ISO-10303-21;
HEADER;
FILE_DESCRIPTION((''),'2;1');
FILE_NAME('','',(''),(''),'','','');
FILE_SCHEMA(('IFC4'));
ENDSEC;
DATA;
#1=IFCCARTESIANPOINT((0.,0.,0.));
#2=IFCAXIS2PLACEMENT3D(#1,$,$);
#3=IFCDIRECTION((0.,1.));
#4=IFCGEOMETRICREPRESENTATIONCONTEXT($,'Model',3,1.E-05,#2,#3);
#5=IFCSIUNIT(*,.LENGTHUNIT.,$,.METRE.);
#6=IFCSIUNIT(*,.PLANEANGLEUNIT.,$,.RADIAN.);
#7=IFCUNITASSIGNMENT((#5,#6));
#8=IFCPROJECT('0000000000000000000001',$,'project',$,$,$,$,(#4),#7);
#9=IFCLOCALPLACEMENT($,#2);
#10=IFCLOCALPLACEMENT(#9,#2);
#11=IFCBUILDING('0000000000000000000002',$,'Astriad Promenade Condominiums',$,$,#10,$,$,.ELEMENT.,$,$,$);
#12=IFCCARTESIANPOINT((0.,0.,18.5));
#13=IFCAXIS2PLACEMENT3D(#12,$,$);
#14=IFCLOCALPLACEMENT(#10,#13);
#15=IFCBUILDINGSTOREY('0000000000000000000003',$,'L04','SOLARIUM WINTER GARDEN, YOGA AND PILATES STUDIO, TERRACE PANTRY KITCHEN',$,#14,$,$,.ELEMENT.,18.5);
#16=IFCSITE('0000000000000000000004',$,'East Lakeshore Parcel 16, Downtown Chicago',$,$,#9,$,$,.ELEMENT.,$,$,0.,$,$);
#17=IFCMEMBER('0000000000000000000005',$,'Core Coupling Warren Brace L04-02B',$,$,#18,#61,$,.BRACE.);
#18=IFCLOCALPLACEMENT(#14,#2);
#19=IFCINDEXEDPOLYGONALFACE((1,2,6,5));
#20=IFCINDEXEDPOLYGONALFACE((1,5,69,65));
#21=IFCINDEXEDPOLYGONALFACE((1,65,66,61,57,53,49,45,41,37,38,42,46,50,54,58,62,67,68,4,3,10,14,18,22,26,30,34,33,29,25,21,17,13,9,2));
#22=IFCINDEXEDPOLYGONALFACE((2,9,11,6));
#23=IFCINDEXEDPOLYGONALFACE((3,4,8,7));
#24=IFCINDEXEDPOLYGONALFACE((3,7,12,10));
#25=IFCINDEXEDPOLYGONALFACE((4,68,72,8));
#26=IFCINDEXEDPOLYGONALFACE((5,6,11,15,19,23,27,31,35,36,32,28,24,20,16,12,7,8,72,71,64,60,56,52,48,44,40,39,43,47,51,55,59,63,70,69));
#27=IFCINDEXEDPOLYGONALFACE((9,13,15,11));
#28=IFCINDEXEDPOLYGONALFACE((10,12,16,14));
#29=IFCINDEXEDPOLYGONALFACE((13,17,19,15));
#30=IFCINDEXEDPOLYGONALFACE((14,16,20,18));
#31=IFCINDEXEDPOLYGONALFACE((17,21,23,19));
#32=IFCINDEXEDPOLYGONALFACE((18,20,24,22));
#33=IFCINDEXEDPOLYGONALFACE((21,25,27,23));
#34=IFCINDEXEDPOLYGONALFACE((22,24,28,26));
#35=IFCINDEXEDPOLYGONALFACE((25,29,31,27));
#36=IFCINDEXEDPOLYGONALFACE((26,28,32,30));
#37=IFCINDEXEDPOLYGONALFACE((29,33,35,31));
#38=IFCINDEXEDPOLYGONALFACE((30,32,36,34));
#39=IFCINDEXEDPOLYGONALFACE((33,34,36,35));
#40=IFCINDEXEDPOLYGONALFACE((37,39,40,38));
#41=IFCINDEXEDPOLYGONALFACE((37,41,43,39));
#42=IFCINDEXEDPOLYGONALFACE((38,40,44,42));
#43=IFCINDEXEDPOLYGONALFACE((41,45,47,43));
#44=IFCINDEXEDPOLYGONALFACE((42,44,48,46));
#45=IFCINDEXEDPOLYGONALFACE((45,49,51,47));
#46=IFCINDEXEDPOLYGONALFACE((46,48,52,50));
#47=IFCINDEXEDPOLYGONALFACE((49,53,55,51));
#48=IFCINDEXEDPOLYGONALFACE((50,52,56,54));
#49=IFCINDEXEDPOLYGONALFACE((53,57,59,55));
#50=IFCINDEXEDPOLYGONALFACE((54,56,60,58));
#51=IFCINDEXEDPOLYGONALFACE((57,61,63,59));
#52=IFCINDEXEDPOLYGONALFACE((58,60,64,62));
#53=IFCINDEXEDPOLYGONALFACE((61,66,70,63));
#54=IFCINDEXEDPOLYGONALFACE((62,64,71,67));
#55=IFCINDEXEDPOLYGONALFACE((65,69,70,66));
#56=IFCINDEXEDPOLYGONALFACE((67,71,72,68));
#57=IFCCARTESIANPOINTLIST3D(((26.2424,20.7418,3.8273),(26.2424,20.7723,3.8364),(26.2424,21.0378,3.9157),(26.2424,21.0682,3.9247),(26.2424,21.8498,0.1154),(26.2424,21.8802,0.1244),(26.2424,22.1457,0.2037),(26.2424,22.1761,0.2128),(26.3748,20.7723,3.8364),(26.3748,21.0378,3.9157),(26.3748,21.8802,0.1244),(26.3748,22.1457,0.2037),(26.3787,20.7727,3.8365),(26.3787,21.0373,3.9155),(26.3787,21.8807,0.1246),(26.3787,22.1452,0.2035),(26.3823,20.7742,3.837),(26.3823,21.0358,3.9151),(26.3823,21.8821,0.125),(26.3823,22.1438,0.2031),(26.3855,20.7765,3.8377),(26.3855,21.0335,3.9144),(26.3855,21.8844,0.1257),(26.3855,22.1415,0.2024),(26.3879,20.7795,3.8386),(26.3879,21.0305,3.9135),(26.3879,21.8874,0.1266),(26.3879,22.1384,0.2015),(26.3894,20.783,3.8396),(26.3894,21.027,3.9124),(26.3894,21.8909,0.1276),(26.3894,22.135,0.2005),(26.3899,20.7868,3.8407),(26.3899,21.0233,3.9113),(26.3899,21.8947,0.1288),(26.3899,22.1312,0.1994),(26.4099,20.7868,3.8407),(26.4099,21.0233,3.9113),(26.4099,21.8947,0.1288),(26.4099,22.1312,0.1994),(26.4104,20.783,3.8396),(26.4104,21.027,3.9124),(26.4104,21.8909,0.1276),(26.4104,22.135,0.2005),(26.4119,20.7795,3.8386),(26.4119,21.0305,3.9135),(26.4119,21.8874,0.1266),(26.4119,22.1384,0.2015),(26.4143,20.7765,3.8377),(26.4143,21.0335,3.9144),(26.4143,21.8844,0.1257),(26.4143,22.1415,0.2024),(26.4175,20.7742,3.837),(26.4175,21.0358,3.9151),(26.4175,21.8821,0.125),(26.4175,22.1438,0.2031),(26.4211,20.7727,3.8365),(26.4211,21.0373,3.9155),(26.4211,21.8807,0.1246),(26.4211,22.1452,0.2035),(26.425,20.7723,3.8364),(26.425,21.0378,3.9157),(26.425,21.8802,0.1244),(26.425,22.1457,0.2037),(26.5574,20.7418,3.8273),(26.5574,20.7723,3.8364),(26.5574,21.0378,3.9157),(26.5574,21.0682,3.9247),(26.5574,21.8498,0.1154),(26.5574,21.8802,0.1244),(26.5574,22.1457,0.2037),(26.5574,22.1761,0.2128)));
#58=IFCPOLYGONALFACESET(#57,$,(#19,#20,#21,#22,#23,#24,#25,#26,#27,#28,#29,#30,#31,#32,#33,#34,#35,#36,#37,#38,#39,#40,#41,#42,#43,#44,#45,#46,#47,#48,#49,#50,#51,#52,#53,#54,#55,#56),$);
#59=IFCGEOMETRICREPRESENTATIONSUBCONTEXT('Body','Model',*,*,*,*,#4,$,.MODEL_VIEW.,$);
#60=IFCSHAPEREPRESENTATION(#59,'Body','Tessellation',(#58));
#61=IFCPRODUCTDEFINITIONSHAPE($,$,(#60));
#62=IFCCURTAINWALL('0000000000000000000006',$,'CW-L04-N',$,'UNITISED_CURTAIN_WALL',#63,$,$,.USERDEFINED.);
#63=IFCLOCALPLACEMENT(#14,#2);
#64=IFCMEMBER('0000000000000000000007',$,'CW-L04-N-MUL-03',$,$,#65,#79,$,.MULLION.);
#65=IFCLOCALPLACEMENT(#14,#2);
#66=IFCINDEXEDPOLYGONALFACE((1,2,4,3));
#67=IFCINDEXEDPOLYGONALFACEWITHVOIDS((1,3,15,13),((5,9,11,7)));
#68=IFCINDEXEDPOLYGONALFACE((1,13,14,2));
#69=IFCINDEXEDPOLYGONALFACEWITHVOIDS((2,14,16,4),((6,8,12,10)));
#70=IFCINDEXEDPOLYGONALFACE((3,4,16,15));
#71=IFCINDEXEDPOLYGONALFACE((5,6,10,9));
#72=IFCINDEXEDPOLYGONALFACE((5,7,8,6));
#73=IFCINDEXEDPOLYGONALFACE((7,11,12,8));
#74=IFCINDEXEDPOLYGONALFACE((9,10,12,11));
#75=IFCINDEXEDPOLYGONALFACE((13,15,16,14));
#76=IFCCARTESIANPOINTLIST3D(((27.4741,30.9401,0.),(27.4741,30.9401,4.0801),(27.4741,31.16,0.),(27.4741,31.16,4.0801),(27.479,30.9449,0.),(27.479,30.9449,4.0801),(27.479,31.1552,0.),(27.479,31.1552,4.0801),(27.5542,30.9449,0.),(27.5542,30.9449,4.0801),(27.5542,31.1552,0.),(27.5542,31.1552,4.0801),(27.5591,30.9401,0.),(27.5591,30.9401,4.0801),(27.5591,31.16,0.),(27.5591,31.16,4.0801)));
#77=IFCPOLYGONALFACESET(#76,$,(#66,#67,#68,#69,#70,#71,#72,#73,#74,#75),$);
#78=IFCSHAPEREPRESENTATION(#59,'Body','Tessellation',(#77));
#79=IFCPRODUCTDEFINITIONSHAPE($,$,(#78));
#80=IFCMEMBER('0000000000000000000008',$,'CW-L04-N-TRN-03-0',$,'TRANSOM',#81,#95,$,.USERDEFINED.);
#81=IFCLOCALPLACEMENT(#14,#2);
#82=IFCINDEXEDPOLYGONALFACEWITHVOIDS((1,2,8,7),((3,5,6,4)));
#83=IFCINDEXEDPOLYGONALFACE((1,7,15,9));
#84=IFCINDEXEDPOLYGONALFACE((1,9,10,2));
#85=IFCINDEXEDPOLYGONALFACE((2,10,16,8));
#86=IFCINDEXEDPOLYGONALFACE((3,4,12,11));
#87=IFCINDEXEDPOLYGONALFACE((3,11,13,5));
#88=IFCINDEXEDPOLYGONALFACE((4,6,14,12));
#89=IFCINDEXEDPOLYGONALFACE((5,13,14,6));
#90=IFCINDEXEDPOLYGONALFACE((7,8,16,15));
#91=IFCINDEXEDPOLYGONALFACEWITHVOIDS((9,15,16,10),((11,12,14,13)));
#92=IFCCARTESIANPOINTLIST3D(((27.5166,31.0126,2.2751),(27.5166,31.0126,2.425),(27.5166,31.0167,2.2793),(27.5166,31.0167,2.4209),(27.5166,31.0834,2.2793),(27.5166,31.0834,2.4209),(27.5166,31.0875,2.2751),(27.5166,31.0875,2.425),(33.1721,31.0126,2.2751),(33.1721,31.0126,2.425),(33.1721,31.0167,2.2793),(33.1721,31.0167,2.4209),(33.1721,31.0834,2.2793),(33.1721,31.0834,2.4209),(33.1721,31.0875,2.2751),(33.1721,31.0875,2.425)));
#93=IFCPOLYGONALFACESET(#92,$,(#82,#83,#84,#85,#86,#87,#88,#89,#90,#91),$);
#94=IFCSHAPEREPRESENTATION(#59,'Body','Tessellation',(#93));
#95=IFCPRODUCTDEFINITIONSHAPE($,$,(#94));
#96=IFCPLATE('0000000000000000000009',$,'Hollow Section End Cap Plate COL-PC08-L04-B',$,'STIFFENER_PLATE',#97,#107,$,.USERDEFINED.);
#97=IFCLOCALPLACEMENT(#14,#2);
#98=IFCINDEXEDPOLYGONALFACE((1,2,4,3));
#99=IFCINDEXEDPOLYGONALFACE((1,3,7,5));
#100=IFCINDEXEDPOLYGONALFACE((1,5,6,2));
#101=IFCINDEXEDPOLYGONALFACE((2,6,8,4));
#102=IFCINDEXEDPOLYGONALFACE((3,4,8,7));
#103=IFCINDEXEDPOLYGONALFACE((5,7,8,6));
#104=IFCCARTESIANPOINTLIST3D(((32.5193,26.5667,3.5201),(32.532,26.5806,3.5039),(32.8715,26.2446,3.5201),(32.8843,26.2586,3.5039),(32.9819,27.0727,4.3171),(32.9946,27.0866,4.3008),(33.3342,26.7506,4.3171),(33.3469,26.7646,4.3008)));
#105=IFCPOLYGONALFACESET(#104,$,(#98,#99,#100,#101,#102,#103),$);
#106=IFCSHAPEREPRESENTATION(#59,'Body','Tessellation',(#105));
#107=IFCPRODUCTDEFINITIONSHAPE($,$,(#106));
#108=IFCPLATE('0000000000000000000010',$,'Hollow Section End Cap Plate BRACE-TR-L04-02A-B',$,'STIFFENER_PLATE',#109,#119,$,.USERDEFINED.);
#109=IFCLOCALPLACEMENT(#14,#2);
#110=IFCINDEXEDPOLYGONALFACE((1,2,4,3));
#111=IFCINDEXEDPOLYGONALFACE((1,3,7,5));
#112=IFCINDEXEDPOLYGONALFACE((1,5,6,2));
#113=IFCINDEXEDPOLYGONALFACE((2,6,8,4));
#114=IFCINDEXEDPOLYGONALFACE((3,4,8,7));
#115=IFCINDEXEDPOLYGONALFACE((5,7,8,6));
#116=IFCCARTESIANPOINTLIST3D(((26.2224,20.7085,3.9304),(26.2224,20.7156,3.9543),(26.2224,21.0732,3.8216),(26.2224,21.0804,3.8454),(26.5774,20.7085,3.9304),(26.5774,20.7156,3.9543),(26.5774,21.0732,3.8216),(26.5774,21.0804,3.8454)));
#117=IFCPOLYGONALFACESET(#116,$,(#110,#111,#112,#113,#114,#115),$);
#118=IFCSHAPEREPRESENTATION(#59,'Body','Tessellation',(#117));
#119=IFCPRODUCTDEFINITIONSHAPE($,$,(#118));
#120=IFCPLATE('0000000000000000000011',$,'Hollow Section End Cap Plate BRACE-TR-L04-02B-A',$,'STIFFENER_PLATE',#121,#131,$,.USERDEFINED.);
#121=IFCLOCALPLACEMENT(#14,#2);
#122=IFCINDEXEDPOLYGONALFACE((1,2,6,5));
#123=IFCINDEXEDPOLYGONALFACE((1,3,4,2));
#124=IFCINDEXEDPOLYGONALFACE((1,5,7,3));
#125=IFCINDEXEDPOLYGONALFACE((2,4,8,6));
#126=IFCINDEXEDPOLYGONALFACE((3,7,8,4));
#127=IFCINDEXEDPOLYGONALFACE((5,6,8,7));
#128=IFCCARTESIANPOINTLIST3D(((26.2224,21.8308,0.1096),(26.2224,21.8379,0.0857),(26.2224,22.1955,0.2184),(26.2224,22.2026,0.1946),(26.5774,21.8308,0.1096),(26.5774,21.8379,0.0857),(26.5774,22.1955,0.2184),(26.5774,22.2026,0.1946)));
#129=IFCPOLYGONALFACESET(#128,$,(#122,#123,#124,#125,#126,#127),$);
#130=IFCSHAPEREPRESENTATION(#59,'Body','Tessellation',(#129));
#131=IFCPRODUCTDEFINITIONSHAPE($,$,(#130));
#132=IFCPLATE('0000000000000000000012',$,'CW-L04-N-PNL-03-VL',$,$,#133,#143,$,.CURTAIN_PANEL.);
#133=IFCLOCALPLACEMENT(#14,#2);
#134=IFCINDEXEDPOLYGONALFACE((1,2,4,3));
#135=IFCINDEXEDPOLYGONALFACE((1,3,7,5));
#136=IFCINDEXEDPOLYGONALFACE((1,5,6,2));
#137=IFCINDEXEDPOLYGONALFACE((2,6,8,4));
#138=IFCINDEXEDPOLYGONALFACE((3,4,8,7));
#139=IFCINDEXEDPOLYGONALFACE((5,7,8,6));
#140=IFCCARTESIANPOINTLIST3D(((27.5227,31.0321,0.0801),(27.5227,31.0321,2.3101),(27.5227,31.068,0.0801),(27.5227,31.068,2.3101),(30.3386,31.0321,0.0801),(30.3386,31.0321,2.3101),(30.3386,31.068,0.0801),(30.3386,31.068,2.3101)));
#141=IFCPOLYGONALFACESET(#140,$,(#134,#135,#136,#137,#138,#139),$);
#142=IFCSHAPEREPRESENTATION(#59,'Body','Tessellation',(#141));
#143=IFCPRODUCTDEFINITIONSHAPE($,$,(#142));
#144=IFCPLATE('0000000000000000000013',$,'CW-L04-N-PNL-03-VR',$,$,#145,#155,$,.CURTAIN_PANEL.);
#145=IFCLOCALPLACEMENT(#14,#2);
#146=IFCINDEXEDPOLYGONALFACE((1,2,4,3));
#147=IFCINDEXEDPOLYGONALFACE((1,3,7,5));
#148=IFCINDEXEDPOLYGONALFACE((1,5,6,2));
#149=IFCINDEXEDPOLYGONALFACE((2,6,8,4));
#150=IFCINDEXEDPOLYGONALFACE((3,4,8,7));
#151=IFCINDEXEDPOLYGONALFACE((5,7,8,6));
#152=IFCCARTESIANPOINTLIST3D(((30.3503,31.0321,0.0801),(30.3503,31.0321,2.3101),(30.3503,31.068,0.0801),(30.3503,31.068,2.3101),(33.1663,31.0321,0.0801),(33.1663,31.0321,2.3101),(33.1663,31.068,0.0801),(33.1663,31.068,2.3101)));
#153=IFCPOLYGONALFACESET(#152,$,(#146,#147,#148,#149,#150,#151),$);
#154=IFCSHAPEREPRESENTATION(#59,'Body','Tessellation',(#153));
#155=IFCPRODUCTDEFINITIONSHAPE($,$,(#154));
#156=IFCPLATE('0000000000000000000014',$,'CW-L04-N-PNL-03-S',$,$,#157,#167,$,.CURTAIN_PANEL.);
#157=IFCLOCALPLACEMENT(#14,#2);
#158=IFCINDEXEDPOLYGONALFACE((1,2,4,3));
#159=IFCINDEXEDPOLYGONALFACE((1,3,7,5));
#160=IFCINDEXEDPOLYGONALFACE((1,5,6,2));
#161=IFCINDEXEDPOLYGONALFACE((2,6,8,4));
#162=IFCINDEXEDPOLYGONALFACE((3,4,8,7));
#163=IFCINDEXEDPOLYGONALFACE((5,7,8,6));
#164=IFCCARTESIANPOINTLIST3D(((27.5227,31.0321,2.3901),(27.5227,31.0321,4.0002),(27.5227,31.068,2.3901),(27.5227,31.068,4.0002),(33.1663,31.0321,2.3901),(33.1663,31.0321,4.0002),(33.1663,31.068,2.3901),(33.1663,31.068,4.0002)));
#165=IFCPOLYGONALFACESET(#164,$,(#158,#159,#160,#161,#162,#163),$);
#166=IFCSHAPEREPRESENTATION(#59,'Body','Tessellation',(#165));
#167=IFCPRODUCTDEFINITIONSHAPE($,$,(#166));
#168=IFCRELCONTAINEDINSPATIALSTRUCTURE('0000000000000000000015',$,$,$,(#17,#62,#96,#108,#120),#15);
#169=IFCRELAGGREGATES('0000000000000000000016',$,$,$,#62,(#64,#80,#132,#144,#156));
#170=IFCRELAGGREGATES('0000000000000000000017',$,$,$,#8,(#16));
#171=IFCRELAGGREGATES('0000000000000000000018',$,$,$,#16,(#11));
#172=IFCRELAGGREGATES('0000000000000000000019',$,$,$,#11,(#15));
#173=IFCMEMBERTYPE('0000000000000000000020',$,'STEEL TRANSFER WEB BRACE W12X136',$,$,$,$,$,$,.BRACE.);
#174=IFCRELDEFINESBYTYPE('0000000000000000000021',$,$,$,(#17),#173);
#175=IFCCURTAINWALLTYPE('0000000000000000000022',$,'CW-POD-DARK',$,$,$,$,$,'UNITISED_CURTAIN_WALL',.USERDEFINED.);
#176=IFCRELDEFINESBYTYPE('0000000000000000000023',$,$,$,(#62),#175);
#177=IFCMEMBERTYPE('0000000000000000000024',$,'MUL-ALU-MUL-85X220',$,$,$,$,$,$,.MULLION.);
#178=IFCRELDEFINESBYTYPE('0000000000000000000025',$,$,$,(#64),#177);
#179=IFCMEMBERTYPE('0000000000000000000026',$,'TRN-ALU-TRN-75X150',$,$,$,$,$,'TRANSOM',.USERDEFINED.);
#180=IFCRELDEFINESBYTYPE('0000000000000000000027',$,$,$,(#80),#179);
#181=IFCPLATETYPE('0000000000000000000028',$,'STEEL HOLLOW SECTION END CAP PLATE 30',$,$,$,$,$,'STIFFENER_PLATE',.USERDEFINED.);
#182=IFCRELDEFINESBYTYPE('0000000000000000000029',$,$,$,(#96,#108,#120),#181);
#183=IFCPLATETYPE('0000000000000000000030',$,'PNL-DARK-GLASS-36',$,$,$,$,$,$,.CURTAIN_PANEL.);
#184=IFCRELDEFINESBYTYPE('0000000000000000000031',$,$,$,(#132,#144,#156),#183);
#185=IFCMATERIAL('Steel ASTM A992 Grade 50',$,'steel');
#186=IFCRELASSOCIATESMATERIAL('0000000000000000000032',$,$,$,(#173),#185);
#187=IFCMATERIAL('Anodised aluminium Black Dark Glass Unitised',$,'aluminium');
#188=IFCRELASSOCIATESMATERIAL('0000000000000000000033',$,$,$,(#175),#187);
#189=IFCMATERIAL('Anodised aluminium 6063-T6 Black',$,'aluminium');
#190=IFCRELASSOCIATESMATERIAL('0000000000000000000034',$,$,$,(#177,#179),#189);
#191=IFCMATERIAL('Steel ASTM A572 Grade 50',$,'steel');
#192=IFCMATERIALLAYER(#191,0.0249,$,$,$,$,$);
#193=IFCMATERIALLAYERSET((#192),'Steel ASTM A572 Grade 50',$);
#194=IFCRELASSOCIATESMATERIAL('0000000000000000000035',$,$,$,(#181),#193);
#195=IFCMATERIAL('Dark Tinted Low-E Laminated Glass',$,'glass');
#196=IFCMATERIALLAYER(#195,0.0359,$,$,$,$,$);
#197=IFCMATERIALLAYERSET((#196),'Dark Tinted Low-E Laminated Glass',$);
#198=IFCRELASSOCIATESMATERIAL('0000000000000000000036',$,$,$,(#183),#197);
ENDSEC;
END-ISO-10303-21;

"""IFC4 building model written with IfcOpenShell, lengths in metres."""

from ifc_helpers import new_model, si_unit, direction, frame, origin, origin_2d, place, context, subcontext, project, spatial, rectangle, hollow_rectangle, i_section, extrude, source, transform, mapped, material, layer, layer_set, material_profile, profile_set, type_object, type_shapes, element, aggregate, save


model = new_model("IFC4")

# Units and contexts
model_context = context("Model", 3, precision=1e-05, world=origin(), true_north=direction((0.0, 1.0)))
body_context = subcontext(model_context, "Body", "Model", "MODEL_VIEW")
ifc_project = project(units=[si_unit("LENGTHUNIT", "METRE"), si_unit("PLANEANGLEUNIT", "RADIAN")], contexts=[model_context])

# Site, building, storey
site_placement = place(None, origin())
site = spatial("IfcSite", under=ifc_project, at=site_placement, Name="East Lakeshore Parcel 16, Downtown Chicago", CompositionType="ELEMENT", RefElevation=0.0)
building_placement = place(site_placement, origin())
building = spatial("IfcBuilding", under=site, at=building_placement, Name="Astriad Promenade Condominiums", CompositionType="ELEMENT")
storey_placement = place(building_placement, frame((0.0, 0.0, 18.5)))
storey = spatial("IfcBuildingStorey", under=building, at=storey_placement, Name="L04", Description="SOLARIUM WINTER GARDEN, YOGA AND PILATES STUDIO, TERRACE PANTRY KITCHEN", CompositionType="ELEMENT", Elevation=18.5)

# Shared definitions
ifc_material_1 = material(Name="Steel ASTM A992 Grade 50", Category="steel")

# Member
ifc_material_profile_1 = material_profile(ifc_material_1, i_section(OverallWidth=0.3149, OverallDepth=0.3406, WebThickness=0.02, FlangeThickness=0.0317, FilletRadius=0.0151, at=origin_2d()), Name="W12X136")
ifc_profile_set_1 = profile_set([ifc_material_profile_1], Name="Steel ASTM A992 Grade 50")
member_type_1 = type_object("IfcMemberType", Name="STEEL TRANSFER WEB BRACE W12X136", PredefinedType="BRACE", material=ifc_profile_set_1)
shared_shape_1 = source(origin(), body_context, "Body", "SweptSolid", [
    extrude(i_section(OverallWidth=0.3149, OverallDepth=0.3406, WebThickness=0.02, FlangeThickness=0.0317, FilletRadius=0.0151, at=origin_2d()), origin(), (0.0, 0.0, 1.0), 3.8738),
])
type_shapes(member_type_1, [shared_shape_1])
member_1_placement = place(storey_placement, frame((26.3999, 22.0129, 0.1641), z_axis=(0.0, -0.286006, 0.958228), x_axis=(1.0, 0.0, 0.0)))
element("IfcMember", 1, at=member_1_placement, inside=storey, type_object=member_type_1, Name="Core Coupling Warren Brace L04-02B", PredefinedType="BRACE", context=body_context, shape_type="MappedRepresentation", body=[
    mapped(shared_shape_1, transform((0.0, 0.0, 0.0), scale=1.0)),
])

# Curtain wall, members
ifc_material_2 = material(Name="Anodised aluminium Black Dark Glass Unitised", Category="aluminium")
curtain_wall_type = type_object("IfcCurtainWallType", Name="CW-POD-DARK", ElementType="UNITISED_CURTAIN_WALL", PredefinedType="USERDEFINED", material=ifc_material_2)
curtain_wall_placement = place(storey_placement, origin())
curtain_wall = element("IfcCurtainWall", 2, at=curtain_wall_placement, inside=storey, type_object=curtain_wall_type, Name="CW-L04-N", ObjectType="UNITISED_CURTAIN_WALL", PredefinedType="USERDEFINED")
ifc_material_3 = material(Name="Anodised aluminium 6063-T6 Black", Category="aluminium")
ifc_material_profile_2 = material_profile(ifc_material_3, hollow_rectangle(XDim=0.085, YDim=0.22, WallThickness=0.0049, at=origin_2d()), Name="ALU-MUL-85X220")
ifc_profile_set_2 = profile_set([ifc_material_profile_2], Name="Anodised aluminium 6063-T6 Black")
member_type_2 = type_object("IfcMemberType", Name="MUL-ALU-MUL-85X220", PredefinedType="MULLION", material=ifc_profile_set_2)
shared_shape_2 = source(origin(), body_context, "Body", "SweptSolid", [
    extrude(hollow_rectangle(XDim=0.085, YDim=0.22, WallThickness=0.0049, at=origin_2d()), origin(), (0.0, 0.0, 1.0), 4.0801),
])
type_shapes(member_type_2, [shared_shape_2])
member_2_placement = place(storey_placement, frame((27.5166, 31.05, 0.0), z_axis=(0.0, 0.0, 1.0), x_axis=(1.0, 0.0, 0.0)))
member_2 = element("IfcMember", 3, at=member_2_placement, type_object=member_type_2, Name="CW-L04-N-MUL-03", PredefinedType="MULLION", context=body_context, shape_type="MappedRepresentation", body=[
    mapped(shared_shape_2, transform((0.0, 0.0, 0.0), scale=1.0)),
])
ifc_material_profile_3 = material_profile(ifc_material_3, hollow_rectangle(XDim=0.075, YDim=0.1499, WallThickness=0.0042, at=origin_2d()), Name="ALU-TRN-75X150")
ifc_profile_set_3 = profile_set([ifc_material_profile_3], Name="Anodised aluminium 6063-T6 Black")
member_type_3 = type_object("IfcMemberType", Name="TRN-ALU-TRN-75X150", ElementType="TRANSOM", PredefinedType="USERDEFINED", material=ifc_profile_set_3)
shared_shape_3 = source(origin(), body_context, "Body", "SweptSolid", [
    extrude(hollow_rectangle(XDim=0.075, YDim=0.1499, WallThickness=0.0042, at=origin_2d()), origin(), (0.0, 0.0, 1.0), 5.6555),
])
type_shapes(member_type_3, [shared_shape_3])
member_3_placement = place(storey_placement, frame((27.5166, 31.05, 2.3501), z_axis=(1.0, 0.0, 0.0), x_axis=(0.0, 1.0, 0.0)))
member_3 = element("IfcMember", 4, at=member_3_placement, type_object=member_type_3, Name="CW-L04-N-TRN-03-0", ObjectType="TRANSOM", PredefinedType="USERDEFINED", context=body_context, shape_type="MappedRepresentation", body=[
    mapped(shared_shape_3, transform((0.0, 0.0, 0.0), scale=1.0)),
])

# Plates
ifc_material_4 = material(Name="Steel ASTM A572 Grade 50", Category="steel")
ifc_layer_1 = layer(ifc_material_4, 0.0249)
ifc_layer_set_1 = layer_set([ifc_layer_1], Name="Steel ASTM A572 Grade 50")
plate_type_1 = type_object("IfcPlateType", Name="STEEL HOLLOW SECTION END CAP PLATE 30", ElementType="STIFFENER_PLATE", PredefinedType="USERDEFINED", material=ifc_layer_set_1)
shared_shape_4 = source(origin(), body_context, "Body", "SweptSolid", [
    extrude(rectangle(XDim=0.4773, YDim=1.0513, at=origin_2d()), origin(), (0.0, 0.0, 1.0), 0.0249),
])
plate_1_placement = place(storey_placement, frame((32.9395, 26.6726, 3.9023), z_axis=(-0.511527, -0.559472, 0.652174), x_axis=(0.738022, -0.674776, 0.0)))
element("IfcPlate", 5, at=plate_1_placement, inside=storey, type_object=plate_type_1, Name="Hollow Section End Cap Plate COL-PC08-L04-B", ObjectType="STIFFENER_PLATE", PredefinedType="USERDEFINED", context=body_context, shape_type="MappedRepresentation", body=[
    mapped(shared_shape_4, transform((0.0, 0.0, 0.0), scale=1.0)),
])
shared_shape_5 = source(origin(), body_context, "Body", "SweptSolid", [
    extrude(rectangle(XDim=0.355, YDim=0.3806, at=origin_2d()), origin(), (0.0, 0.0, 1.0), 0.0249),
])
type_shapes(plate_type_1, [shared_shape_4, shared_shape_5])
for number, where, z_axis, x_axis, name in (
    (6, (26.3999, 20.8909, 3.876), (0.0, 0.285974, 0.958237), (1.0, 0.0, 0.0), "Hollow Section End Cap Plate BRACE-TR-L04-02A-B"),
    (7, (26.3999, 22.0203, 0.1401), (0.0, -0.285974, 0.958237), (1.0, 0.0, 0.0), "Hollow Section End Cap Plate BRACE-TR-L04-02B-A"),
):
    element("IfcPlate", number, at=place(storey_placement, frame(where, z_axis=z_axis, x_axis=x_axis)), inside=storey, type_object=plate_type_1, Name=name, ObjectType="STIFFENER_PLATE", PredefinedType="USERDEFINED", context=body_context, shape_type="MappedRepresentation", body=[
        mapped(shared_shape_5, transform((0.0, 0.0, 0.0), scale=1.0)),
    ])

# Plates
ifc_material_5 = material(Name="Dark Tinted Low-E Laminated Glass", Category="glass")
ifc_layer_2 = layer(ifc_material_5, 0.0359)
ifc_layer_set_2 = layer_set([ifc_layer_2], Name="Dark Tinted Low-E Laminated Glass")
plate_type_2 = type_object("IfcPlateType", Name="PNL-DARK-GLASS-36", PredefinedType="CURTAIN_PANEL", material=ifc_layer_set_2)
shared_shape_6 = source(origin(), body_context, "Body", "SweptSolid", [
    extrude(rectangle(XDim=2.8159, YDim=0.0359, at=origin_2d()), origin(), (0.0, 0.0, 1.0), 2.23),
])
plate_2_placement = place(storey_placement, frame((28.9307, 31.05, 0.0801), z_axis=(0.0, 0.0, 1.0), x_axis=(1.0, 0.0, 0.0)))
plate_2 = element("IfcPlate", 8, at=plate_2_placement, type_object=plate_type_2, Name="CW-L04-N-PNL-03-VL", PredefinedType="CURTAIN_PANEL", context=body_context, shape_type="MappedRepresentation", body=[
    mapped(shared_shape_6, transform((0.0, 0.0, 0.0), scale=1.0)),
])
plate_3_placement = place(storey_placement, frame((31.7583, 31.05, 0.0801), z_axis=(0.0, 0.0, 1.0), x_axis=(1.0, 0.0, 0.0)))
plate_3 = element("IfcPlate", 9, at=plate_3_placement, type_object=plate_type_2, Name="CW-L04-N-PNL-03-VR", PredefinedType="CURTAIN_PANEL", context=body_context, shape_type="MappedRepresentation", body=[
    mapped(shared_shape_6, transform((0.0, 0.0, 0.0), scale=1.0)),
])
shared_shape_7 = source(origin(), body_context, "Body", "SweptSolid", [
    extrude(rectangle(XDim=5.6436, YDim=0.0359, at=origin_2d()), origin(), (0.0, 0.0, 1.0), 1.6101),
])
type_shapes(plate_type_2, [shared_shape_6, shared_shape_7])
plate_4_placement = place(storey_placement, frame((30.3445, 31.05, 2.3901), z_axis=(0.0, 0.0, 1.0), x_axis=(1.0, 0.0, 0.0)))
plate_4 = element("IfcPlate", 10, at=plate_4_placement, type_object=plate_type_2, Name="CW-L04-N-PNL-03-S", PredefinedType="CURTAIN_PANEL", context=body_context, shape_type="MappedRepresentation", body=[
    mapped(shared_shape_7, transform((0.0, 0.0, 0.0), scale=1.0)),
])
aggregate(curtain_wall, [member_2, member_3, plate_2, plate_3, plate_4])

save(model, "model.ifc")
